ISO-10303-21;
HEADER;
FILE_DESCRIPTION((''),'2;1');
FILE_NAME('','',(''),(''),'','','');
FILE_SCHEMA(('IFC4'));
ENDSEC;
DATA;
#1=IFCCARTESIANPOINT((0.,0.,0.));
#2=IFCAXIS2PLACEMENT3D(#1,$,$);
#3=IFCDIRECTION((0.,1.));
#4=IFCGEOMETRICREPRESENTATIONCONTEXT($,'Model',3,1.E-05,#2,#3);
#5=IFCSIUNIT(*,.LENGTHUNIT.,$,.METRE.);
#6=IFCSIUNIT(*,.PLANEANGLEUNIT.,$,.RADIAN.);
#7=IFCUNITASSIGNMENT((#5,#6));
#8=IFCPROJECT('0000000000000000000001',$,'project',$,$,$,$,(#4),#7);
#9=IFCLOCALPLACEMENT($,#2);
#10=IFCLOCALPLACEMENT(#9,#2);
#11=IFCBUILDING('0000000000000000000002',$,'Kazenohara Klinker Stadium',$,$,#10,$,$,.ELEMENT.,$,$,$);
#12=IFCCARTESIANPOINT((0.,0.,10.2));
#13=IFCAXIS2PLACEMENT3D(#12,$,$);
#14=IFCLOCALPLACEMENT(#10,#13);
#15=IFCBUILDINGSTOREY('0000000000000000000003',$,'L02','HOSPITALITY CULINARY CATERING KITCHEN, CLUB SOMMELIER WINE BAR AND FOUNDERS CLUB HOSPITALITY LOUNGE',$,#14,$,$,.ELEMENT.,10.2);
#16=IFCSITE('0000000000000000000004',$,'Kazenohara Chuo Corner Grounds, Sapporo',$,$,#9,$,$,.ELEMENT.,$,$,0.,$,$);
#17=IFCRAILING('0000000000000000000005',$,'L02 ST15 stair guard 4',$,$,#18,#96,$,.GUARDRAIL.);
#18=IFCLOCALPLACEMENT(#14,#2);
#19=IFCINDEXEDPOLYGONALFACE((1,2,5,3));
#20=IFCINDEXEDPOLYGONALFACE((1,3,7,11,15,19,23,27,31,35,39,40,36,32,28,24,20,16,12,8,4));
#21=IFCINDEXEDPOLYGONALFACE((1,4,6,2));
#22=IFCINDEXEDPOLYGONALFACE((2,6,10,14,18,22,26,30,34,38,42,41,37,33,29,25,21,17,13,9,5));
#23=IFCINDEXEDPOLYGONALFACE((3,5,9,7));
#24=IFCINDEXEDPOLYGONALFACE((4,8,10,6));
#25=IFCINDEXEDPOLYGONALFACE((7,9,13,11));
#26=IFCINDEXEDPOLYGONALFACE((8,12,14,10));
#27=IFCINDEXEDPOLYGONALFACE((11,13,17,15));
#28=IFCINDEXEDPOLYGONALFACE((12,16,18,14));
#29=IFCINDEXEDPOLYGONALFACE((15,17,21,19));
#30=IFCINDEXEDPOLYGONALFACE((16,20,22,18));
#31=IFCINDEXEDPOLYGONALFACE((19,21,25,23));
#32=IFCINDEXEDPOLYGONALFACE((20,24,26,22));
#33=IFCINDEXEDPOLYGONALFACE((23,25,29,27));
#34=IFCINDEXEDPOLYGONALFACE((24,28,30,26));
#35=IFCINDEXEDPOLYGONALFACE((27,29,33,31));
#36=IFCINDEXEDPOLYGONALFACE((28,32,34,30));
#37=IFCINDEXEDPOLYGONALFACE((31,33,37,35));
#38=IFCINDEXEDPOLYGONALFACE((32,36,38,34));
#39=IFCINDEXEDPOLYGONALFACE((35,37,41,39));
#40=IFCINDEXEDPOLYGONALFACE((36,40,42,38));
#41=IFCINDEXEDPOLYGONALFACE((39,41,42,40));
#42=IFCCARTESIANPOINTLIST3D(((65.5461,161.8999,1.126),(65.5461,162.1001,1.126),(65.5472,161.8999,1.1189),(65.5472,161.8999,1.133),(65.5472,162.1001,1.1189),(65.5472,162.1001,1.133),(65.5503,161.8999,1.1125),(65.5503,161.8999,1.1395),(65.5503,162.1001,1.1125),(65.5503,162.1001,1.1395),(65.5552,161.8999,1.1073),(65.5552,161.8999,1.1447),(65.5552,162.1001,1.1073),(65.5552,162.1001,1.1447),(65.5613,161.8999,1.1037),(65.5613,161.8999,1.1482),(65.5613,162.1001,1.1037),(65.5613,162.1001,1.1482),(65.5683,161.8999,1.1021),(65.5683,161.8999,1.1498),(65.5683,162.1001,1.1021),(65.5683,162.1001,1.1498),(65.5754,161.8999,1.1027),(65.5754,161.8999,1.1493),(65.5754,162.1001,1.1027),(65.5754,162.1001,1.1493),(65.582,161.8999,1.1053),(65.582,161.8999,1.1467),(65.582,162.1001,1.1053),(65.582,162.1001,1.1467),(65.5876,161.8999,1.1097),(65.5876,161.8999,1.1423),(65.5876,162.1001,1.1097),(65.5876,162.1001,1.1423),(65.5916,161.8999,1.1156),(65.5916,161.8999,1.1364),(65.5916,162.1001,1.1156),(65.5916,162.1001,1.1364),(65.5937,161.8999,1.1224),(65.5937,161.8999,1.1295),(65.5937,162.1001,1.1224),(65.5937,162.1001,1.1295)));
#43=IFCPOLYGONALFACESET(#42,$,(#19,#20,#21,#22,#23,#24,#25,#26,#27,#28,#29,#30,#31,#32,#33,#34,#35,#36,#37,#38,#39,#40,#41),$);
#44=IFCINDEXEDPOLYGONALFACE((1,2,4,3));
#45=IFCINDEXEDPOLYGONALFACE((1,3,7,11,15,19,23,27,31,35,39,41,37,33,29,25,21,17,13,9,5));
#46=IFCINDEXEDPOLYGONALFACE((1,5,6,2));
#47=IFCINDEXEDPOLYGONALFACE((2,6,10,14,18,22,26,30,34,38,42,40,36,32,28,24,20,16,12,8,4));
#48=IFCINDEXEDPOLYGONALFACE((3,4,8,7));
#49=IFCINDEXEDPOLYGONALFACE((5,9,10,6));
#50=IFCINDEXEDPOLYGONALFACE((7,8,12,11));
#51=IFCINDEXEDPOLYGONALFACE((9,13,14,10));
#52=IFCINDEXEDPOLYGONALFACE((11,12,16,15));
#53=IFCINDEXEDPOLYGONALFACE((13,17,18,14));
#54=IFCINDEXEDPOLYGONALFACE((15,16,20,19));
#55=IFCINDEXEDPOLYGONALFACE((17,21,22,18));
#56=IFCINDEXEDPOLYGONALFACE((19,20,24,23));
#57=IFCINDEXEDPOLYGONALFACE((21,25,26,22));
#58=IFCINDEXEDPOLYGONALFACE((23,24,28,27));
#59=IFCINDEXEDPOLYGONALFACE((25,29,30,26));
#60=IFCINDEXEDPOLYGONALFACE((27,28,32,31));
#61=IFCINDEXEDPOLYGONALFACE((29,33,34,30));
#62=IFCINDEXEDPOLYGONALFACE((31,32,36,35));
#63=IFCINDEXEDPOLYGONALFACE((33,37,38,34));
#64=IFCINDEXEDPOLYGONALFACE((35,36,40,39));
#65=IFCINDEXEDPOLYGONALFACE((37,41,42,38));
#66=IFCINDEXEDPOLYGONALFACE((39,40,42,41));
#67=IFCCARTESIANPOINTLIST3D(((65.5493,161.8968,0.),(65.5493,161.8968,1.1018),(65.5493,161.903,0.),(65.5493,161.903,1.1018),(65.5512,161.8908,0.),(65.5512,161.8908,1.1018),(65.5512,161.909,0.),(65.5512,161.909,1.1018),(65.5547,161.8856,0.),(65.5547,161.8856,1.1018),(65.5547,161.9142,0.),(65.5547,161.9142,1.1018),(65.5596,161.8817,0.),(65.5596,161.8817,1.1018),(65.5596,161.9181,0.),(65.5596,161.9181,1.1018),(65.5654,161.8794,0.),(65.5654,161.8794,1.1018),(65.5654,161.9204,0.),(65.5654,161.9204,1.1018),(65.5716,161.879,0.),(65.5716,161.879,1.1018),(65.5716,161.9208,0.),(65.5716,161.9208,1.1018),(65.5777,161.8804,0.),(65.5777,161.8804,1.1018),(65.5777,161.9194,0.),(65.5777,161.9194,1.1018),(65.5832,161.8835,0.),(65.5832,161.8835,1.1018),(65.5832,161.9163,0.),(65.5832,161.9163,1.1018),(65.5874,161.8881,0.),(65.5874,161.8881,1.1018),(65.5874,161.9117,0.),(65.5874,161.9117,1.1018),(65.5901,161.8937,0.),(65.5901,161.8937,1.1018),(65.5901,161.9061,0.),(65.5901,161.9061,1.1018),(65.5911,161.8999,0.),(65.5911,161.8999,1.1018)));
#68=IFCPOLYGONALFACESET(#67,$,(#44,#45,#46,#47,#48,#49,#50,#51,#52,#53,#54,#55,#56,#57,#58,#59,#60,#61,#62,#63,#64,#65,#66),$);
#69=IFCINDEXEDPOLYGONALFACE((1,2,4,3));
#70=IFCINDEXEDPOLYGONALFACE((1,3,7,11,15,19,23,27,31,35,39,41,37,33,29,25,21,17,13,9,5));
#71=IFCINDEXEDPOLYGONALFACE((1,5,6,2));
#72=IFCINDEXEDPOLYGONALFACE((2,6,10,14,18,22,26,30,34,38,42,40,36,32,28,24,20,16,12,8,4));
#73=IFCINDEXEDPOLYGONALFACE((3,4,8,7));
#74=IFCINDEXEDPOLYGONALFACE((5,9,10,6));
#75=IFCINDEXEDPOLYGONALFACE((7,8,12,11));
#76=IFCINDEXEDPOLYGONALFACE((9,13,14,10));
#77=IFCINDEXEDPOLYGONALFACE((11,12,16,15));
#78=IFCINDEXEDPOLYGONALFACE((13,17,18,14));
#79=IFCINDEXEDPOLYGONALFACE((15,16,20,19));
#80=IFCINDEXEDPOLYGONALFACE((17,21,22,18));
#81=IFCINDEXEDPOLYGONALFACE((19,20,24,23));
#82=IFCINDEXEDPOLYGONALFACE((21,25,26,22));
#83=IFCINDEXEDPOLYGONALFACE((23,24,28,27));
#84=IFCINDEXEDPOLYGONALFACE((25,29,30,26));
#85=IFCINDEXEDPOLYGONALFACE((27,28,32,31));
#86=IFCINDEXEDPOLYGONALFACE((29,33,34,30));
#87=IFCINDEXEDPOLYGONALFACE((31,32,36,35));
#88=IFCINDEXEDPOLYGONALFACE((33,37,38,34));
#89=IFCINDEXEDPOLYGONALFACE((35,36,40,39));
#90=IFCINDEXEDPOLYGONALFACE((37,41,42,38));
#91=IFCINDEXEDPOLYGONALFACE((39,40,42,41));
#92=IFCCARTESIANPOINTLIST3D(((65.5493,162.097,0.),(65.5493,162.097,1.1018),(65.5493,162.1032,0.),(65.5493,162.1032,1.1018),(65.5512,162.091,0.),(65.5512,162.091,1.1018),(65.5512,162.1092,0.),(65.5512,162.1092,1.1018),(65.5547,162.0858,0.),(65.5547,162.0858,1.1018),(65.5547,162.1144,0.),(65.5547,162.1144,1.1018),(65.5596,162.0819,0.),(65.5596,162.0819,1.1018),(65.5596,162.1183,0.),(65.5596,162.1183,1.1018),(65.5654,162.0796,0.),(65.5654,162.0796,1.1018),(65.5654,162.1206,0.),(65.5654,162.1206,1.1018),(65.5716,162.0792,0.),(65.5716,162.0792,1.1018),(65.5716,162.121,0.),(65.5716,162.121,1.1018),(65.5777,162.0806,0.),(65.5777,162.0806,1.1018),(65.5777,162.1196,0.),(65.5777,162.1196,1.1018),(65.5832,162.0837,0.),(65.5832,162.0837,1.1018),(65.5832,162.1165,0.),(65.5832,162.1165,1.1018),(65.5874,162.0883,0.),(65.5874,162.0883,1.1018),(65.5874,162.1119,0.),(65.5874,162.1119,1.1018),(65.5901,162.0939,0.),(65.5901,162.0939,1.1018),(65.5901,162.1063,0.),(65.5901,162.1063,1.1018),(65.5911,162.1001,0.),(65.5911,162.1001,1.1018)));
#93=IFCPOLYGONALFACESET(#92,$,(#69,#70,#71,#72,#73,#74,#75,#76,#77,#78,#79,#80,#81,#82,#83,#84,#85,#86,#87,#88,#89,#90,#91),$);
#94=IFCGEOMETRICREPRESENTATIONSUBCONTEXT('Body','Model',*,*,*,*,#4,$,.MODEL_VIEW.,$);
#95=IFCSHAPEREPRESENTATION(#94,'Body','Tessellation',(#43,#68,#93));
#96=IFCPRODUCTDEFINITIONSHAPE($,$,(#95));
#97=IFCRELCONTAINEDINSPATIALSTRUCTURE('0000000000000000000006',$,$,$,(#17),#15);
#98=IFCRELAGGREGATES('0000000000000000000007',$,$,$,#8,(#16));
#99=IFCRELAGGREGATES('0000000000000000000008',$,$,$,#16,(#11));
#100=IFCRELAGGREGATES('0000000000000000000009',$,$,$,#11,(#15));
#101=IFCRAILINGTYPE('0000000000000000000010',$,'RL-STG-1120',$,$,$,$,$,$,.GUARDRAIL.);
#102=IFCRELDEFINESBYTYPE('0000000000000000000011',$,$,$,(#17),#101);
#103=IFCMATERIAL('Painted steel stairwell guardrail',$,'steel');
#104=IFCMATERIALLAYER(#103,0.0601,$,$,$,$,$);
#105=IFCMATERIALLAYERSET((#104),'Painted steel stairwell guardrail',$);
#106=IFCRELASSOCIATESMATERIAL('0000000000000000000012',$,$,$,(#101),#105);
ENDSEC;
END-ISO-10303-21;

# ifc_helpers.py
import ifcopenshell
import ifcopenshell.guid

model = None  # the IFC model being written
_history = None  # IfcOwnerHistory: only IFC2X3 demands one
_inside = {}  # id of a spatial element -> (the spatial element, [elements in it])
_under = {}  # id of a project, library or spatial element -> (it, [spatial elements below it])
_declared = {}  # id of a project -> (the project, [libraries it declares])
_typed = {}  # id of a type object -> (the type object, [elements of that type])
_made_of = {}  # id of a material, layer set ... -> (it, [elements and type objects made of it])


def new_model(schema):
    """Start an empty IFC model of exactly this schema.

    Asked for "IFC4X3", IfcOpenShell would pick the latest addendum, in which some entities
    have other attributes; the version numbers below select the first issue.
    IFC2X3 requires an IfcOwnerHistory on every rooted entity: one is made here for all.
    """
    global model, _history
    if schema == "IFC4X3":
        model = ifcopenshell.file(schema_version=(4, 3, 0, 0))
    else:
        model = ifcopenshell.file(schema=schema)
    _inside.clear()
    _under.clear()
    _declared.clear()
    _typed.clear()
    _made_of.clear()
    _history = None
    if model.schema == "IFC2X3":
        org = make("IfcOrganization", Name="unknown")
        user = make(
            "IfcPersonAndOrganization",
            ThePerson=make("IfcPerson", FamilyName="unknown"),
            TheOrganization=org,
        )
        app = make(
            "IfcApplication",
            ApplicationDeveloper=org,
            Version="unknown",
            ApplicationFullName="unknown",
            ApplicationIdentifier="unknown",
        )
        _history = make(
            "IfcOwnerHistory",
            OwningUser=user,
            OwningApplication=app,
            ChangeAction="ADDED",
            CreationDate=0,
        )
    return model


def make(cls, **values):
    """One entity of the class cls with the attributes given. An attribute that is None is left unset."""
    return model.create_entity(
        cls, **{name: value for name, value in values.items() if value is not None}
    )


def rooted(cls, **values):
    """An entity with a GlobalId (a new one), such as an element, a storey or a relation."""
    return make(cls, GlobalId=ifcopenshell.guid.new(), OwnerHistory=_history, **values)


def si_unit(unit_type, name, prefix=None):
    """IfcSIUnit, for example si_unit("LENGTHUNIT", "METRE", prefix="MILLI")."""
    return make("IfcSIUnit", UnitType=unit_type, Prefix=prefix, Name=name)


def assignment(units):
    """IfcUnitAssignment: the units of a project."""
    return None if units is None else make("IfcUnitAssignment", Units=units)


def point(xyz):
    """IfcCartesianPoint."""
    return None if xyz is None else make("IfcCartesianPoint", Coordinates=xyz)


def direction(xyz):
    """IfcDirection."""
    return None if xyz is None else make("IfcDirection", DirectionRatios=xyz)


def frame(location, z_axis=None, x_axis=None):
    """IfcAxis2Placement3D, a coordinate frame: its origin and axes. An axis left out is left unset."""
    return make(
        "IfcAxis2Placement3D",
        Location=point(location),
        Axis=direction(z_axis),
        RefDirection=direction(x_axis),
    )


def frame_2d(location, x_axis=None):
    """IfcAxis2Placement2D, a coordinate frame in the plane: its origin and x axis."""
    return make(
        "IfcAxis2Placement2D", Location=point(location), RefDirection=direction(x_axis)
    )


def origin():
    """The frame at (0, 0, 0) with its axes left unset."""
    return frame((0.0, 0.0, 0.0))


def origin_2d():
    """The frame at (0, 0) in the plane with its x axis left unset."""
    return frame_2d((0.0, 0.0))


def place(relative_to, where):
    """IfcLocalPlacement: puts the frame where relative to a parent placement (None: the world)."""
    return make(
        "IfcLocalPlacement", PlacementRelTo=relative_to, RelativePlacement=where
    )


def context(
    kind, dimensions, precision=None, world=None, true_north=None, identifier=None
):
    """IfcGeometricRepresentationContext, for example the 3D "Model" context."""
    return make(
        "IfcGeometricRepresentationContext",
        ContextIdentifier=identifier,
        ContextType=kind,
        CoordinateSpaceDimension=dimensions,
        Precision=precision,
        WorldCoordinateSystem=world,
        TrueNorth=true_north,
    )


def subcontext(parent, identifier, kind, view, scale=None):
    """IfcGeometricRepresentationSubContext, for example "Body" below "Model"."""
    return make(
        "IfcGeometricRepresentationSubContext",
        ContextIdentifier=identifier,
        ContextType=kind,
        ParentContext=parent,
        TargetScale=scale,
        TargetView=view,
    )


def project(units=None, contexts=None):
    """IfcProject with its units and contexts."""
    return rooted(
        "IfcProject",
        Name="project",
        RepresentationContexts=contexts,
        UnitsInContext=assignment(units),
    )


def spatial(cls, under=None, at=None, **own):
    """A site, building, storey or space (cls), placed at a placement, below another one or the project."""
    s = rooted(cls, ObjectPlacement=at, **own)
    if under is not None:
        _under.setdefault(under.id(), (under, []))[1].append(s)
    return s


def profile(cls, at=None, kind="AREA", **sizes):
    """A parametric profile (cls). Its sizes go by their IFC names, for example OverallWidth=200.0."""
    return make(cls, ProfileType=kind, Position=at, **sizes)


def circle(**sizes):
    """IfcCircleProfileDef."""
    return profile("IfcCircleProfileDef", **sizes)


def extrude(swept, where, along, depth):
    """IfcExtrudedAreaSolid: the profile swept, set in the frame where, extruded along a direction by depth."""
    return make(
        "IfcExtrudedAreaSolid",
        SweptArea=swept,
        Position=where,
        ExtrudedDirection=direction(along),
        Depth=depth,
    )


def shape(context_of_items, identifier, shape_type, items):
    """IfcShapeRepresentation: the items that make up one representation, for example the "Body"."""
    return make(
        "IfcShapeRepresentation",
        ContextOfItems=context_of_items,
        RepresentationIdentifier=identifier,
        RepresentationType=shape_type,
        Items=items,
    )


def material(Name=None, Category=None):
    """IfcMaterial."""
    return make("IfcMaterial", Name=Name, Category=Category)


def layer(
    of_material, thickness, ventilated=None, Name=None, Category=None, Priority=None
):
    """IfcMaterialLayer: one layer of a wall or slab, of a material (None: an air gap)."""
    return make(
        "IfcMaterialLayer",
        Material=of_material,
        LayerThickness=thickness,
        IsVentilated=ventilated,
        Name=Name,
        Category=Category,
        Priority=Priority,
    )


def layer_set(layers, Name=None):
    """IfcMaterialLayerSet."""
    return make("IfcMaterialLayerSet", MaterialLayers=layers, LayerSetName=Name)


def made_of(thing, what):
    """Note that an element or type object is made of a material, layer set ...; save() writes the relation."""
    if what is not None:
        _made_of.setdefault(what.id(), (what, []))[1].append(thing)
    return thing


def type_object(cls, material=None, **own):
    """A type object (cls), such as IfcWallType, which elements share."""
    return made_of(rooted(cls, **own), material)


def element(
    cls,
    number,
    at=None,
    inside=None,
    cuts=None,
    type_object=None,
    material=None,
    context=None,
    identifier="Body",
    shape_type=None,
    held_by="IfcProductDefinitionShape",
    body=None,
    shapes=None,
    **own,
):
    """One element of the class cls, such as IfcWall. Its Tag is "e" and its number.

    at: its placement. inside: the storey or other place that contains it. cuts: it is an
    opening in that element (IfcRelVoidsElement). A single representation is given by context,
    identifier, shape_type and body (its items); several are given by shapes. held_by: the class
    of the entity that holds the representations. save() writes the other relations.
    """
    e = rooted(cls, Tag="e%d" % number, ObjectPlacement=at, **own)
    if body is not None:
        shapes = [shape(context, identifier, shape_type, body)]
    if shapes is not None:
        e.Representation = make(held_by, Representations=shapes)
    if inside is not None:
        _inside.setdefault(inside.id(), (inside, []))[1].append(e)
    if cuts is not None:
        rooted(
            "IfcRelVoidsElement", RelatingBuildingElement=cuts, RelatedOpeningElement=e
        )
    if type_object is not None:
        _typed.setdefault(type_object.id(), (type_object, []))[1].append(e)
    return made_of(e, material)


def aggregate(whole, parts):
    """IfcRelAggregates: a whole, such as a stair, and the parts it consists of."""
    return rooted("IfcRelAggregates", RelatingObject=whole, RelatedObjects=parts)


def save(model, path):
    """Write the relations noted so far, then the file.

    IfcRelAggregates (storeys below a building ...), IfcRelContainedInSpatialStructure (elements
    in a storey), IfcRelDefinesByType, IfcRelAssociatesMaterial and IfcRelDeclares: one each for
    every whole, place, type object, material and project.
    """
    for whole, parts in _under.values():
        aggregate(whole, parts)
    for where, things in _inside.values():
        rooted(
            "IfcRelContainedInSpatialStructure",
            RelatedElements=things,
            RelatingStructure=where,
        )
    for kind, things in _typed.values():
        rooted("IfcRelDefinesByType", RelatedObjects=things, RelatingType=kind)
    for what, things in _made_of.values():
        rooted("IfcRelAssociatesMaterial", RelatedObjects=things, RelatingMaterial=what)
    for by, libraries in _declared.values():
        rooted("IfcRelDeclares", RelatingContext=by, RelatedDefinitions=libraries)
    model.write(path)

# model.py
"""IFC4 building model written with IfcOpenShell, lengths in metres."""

from ifc_helpers import new_model, si_unit, direction, frame, origin, origin_2d, place, context, subcontext, project, spatial, circle, extrude, material, layer, layer_set, type_object, element, save


model = new_model("IFC4")

# Units and contexts
model_context = context("Model", 3, precision=1e-05, world=origin(), true_north=direction((0.0, 1.0)))
body_context = subcontext(model_context, "Body", "Model", "MODEL_VIEW")
ifc_project = project(units=[si_unit("LENGTHUNIT", "METRE"), si_unit("PLANEANGLEUNIT", "RADIAN")], contexts=[model_context])

# Site, building, storey
site_placement = place(None, origin())
site = spatial("IfcSite", under=ifc_project, at=site_placement, Name="Kazenohara Chuo Corner Grounds, Sapporo", CompositionType="ELEMENT", RefElevation=0.0)
building_placement = place(site_placement, origin())
building = spatial("IfcBuilding", under=site, at=building_placement, Name="Kazenohara Klinker Stadium", CompositionType="ELEMENT")
storey_placement = place(building_placement, frame((0.0, 0.0, 10.2)))
storey = spatial("IfcBuildingStorey", under=building, at=storey_placement, Name="L02", Description="HOSPITALITY CULINARY CATERING KITCHEN, CLUB SOMMELIER WINE BAR AND FOUNDERS CLUB HOSPITALITY LOUNGE", CompositionType="ELEMENT", Elevation=10.2)

# Railing
ifc_material_1 = material(Name="Painted steel stairwell guardrail", Category="steel")
ifc_layer_1 = layer(ifc_material_1, 0.0601)
ifc_layer_set_1 = layer_set([ifc_layer_1], Name="Painted steel stairwell guardrail")
railing_type_1 = type_object("IfcRailingType", Name="RL-STG-1120", PredefinedType="GUARDRAIL", material=ifc_layer_set_1)
railing_1_placement = place(storey_placement, frame((65.5701, 161.8999, 0.0)))
element("IfcRailing", 1, at=railing_1_placement, inside=storey, type_object=railing_type_1, Name="L02 ST15 stair guard 4", PredefinedType="GUARDRAIL", context=body_context, shape_type="SweptSolid", body=[
    extrude(circle(Radius=0.0239, at=origin_2d()), frame((0.0, 0.0, 1.126), z_axis=(0.0, 1.0, 0.0), x_axis=(-1.0, 0.0, 0.0)), (0.0, 0.0, 1.0), 0.2002),
    extrude(circle(Radius=0.021, at=origin_2d()), origin(), (0.0, 0.0, 1.0), 1.1018),
    extrude(circle(Radius=0.021, at=origin_2d()), frame((0.0, 0.2002, 0.0)), (0.0, 0.0, 1.0), 1.1018),
])

save(model, "model.ifc")
